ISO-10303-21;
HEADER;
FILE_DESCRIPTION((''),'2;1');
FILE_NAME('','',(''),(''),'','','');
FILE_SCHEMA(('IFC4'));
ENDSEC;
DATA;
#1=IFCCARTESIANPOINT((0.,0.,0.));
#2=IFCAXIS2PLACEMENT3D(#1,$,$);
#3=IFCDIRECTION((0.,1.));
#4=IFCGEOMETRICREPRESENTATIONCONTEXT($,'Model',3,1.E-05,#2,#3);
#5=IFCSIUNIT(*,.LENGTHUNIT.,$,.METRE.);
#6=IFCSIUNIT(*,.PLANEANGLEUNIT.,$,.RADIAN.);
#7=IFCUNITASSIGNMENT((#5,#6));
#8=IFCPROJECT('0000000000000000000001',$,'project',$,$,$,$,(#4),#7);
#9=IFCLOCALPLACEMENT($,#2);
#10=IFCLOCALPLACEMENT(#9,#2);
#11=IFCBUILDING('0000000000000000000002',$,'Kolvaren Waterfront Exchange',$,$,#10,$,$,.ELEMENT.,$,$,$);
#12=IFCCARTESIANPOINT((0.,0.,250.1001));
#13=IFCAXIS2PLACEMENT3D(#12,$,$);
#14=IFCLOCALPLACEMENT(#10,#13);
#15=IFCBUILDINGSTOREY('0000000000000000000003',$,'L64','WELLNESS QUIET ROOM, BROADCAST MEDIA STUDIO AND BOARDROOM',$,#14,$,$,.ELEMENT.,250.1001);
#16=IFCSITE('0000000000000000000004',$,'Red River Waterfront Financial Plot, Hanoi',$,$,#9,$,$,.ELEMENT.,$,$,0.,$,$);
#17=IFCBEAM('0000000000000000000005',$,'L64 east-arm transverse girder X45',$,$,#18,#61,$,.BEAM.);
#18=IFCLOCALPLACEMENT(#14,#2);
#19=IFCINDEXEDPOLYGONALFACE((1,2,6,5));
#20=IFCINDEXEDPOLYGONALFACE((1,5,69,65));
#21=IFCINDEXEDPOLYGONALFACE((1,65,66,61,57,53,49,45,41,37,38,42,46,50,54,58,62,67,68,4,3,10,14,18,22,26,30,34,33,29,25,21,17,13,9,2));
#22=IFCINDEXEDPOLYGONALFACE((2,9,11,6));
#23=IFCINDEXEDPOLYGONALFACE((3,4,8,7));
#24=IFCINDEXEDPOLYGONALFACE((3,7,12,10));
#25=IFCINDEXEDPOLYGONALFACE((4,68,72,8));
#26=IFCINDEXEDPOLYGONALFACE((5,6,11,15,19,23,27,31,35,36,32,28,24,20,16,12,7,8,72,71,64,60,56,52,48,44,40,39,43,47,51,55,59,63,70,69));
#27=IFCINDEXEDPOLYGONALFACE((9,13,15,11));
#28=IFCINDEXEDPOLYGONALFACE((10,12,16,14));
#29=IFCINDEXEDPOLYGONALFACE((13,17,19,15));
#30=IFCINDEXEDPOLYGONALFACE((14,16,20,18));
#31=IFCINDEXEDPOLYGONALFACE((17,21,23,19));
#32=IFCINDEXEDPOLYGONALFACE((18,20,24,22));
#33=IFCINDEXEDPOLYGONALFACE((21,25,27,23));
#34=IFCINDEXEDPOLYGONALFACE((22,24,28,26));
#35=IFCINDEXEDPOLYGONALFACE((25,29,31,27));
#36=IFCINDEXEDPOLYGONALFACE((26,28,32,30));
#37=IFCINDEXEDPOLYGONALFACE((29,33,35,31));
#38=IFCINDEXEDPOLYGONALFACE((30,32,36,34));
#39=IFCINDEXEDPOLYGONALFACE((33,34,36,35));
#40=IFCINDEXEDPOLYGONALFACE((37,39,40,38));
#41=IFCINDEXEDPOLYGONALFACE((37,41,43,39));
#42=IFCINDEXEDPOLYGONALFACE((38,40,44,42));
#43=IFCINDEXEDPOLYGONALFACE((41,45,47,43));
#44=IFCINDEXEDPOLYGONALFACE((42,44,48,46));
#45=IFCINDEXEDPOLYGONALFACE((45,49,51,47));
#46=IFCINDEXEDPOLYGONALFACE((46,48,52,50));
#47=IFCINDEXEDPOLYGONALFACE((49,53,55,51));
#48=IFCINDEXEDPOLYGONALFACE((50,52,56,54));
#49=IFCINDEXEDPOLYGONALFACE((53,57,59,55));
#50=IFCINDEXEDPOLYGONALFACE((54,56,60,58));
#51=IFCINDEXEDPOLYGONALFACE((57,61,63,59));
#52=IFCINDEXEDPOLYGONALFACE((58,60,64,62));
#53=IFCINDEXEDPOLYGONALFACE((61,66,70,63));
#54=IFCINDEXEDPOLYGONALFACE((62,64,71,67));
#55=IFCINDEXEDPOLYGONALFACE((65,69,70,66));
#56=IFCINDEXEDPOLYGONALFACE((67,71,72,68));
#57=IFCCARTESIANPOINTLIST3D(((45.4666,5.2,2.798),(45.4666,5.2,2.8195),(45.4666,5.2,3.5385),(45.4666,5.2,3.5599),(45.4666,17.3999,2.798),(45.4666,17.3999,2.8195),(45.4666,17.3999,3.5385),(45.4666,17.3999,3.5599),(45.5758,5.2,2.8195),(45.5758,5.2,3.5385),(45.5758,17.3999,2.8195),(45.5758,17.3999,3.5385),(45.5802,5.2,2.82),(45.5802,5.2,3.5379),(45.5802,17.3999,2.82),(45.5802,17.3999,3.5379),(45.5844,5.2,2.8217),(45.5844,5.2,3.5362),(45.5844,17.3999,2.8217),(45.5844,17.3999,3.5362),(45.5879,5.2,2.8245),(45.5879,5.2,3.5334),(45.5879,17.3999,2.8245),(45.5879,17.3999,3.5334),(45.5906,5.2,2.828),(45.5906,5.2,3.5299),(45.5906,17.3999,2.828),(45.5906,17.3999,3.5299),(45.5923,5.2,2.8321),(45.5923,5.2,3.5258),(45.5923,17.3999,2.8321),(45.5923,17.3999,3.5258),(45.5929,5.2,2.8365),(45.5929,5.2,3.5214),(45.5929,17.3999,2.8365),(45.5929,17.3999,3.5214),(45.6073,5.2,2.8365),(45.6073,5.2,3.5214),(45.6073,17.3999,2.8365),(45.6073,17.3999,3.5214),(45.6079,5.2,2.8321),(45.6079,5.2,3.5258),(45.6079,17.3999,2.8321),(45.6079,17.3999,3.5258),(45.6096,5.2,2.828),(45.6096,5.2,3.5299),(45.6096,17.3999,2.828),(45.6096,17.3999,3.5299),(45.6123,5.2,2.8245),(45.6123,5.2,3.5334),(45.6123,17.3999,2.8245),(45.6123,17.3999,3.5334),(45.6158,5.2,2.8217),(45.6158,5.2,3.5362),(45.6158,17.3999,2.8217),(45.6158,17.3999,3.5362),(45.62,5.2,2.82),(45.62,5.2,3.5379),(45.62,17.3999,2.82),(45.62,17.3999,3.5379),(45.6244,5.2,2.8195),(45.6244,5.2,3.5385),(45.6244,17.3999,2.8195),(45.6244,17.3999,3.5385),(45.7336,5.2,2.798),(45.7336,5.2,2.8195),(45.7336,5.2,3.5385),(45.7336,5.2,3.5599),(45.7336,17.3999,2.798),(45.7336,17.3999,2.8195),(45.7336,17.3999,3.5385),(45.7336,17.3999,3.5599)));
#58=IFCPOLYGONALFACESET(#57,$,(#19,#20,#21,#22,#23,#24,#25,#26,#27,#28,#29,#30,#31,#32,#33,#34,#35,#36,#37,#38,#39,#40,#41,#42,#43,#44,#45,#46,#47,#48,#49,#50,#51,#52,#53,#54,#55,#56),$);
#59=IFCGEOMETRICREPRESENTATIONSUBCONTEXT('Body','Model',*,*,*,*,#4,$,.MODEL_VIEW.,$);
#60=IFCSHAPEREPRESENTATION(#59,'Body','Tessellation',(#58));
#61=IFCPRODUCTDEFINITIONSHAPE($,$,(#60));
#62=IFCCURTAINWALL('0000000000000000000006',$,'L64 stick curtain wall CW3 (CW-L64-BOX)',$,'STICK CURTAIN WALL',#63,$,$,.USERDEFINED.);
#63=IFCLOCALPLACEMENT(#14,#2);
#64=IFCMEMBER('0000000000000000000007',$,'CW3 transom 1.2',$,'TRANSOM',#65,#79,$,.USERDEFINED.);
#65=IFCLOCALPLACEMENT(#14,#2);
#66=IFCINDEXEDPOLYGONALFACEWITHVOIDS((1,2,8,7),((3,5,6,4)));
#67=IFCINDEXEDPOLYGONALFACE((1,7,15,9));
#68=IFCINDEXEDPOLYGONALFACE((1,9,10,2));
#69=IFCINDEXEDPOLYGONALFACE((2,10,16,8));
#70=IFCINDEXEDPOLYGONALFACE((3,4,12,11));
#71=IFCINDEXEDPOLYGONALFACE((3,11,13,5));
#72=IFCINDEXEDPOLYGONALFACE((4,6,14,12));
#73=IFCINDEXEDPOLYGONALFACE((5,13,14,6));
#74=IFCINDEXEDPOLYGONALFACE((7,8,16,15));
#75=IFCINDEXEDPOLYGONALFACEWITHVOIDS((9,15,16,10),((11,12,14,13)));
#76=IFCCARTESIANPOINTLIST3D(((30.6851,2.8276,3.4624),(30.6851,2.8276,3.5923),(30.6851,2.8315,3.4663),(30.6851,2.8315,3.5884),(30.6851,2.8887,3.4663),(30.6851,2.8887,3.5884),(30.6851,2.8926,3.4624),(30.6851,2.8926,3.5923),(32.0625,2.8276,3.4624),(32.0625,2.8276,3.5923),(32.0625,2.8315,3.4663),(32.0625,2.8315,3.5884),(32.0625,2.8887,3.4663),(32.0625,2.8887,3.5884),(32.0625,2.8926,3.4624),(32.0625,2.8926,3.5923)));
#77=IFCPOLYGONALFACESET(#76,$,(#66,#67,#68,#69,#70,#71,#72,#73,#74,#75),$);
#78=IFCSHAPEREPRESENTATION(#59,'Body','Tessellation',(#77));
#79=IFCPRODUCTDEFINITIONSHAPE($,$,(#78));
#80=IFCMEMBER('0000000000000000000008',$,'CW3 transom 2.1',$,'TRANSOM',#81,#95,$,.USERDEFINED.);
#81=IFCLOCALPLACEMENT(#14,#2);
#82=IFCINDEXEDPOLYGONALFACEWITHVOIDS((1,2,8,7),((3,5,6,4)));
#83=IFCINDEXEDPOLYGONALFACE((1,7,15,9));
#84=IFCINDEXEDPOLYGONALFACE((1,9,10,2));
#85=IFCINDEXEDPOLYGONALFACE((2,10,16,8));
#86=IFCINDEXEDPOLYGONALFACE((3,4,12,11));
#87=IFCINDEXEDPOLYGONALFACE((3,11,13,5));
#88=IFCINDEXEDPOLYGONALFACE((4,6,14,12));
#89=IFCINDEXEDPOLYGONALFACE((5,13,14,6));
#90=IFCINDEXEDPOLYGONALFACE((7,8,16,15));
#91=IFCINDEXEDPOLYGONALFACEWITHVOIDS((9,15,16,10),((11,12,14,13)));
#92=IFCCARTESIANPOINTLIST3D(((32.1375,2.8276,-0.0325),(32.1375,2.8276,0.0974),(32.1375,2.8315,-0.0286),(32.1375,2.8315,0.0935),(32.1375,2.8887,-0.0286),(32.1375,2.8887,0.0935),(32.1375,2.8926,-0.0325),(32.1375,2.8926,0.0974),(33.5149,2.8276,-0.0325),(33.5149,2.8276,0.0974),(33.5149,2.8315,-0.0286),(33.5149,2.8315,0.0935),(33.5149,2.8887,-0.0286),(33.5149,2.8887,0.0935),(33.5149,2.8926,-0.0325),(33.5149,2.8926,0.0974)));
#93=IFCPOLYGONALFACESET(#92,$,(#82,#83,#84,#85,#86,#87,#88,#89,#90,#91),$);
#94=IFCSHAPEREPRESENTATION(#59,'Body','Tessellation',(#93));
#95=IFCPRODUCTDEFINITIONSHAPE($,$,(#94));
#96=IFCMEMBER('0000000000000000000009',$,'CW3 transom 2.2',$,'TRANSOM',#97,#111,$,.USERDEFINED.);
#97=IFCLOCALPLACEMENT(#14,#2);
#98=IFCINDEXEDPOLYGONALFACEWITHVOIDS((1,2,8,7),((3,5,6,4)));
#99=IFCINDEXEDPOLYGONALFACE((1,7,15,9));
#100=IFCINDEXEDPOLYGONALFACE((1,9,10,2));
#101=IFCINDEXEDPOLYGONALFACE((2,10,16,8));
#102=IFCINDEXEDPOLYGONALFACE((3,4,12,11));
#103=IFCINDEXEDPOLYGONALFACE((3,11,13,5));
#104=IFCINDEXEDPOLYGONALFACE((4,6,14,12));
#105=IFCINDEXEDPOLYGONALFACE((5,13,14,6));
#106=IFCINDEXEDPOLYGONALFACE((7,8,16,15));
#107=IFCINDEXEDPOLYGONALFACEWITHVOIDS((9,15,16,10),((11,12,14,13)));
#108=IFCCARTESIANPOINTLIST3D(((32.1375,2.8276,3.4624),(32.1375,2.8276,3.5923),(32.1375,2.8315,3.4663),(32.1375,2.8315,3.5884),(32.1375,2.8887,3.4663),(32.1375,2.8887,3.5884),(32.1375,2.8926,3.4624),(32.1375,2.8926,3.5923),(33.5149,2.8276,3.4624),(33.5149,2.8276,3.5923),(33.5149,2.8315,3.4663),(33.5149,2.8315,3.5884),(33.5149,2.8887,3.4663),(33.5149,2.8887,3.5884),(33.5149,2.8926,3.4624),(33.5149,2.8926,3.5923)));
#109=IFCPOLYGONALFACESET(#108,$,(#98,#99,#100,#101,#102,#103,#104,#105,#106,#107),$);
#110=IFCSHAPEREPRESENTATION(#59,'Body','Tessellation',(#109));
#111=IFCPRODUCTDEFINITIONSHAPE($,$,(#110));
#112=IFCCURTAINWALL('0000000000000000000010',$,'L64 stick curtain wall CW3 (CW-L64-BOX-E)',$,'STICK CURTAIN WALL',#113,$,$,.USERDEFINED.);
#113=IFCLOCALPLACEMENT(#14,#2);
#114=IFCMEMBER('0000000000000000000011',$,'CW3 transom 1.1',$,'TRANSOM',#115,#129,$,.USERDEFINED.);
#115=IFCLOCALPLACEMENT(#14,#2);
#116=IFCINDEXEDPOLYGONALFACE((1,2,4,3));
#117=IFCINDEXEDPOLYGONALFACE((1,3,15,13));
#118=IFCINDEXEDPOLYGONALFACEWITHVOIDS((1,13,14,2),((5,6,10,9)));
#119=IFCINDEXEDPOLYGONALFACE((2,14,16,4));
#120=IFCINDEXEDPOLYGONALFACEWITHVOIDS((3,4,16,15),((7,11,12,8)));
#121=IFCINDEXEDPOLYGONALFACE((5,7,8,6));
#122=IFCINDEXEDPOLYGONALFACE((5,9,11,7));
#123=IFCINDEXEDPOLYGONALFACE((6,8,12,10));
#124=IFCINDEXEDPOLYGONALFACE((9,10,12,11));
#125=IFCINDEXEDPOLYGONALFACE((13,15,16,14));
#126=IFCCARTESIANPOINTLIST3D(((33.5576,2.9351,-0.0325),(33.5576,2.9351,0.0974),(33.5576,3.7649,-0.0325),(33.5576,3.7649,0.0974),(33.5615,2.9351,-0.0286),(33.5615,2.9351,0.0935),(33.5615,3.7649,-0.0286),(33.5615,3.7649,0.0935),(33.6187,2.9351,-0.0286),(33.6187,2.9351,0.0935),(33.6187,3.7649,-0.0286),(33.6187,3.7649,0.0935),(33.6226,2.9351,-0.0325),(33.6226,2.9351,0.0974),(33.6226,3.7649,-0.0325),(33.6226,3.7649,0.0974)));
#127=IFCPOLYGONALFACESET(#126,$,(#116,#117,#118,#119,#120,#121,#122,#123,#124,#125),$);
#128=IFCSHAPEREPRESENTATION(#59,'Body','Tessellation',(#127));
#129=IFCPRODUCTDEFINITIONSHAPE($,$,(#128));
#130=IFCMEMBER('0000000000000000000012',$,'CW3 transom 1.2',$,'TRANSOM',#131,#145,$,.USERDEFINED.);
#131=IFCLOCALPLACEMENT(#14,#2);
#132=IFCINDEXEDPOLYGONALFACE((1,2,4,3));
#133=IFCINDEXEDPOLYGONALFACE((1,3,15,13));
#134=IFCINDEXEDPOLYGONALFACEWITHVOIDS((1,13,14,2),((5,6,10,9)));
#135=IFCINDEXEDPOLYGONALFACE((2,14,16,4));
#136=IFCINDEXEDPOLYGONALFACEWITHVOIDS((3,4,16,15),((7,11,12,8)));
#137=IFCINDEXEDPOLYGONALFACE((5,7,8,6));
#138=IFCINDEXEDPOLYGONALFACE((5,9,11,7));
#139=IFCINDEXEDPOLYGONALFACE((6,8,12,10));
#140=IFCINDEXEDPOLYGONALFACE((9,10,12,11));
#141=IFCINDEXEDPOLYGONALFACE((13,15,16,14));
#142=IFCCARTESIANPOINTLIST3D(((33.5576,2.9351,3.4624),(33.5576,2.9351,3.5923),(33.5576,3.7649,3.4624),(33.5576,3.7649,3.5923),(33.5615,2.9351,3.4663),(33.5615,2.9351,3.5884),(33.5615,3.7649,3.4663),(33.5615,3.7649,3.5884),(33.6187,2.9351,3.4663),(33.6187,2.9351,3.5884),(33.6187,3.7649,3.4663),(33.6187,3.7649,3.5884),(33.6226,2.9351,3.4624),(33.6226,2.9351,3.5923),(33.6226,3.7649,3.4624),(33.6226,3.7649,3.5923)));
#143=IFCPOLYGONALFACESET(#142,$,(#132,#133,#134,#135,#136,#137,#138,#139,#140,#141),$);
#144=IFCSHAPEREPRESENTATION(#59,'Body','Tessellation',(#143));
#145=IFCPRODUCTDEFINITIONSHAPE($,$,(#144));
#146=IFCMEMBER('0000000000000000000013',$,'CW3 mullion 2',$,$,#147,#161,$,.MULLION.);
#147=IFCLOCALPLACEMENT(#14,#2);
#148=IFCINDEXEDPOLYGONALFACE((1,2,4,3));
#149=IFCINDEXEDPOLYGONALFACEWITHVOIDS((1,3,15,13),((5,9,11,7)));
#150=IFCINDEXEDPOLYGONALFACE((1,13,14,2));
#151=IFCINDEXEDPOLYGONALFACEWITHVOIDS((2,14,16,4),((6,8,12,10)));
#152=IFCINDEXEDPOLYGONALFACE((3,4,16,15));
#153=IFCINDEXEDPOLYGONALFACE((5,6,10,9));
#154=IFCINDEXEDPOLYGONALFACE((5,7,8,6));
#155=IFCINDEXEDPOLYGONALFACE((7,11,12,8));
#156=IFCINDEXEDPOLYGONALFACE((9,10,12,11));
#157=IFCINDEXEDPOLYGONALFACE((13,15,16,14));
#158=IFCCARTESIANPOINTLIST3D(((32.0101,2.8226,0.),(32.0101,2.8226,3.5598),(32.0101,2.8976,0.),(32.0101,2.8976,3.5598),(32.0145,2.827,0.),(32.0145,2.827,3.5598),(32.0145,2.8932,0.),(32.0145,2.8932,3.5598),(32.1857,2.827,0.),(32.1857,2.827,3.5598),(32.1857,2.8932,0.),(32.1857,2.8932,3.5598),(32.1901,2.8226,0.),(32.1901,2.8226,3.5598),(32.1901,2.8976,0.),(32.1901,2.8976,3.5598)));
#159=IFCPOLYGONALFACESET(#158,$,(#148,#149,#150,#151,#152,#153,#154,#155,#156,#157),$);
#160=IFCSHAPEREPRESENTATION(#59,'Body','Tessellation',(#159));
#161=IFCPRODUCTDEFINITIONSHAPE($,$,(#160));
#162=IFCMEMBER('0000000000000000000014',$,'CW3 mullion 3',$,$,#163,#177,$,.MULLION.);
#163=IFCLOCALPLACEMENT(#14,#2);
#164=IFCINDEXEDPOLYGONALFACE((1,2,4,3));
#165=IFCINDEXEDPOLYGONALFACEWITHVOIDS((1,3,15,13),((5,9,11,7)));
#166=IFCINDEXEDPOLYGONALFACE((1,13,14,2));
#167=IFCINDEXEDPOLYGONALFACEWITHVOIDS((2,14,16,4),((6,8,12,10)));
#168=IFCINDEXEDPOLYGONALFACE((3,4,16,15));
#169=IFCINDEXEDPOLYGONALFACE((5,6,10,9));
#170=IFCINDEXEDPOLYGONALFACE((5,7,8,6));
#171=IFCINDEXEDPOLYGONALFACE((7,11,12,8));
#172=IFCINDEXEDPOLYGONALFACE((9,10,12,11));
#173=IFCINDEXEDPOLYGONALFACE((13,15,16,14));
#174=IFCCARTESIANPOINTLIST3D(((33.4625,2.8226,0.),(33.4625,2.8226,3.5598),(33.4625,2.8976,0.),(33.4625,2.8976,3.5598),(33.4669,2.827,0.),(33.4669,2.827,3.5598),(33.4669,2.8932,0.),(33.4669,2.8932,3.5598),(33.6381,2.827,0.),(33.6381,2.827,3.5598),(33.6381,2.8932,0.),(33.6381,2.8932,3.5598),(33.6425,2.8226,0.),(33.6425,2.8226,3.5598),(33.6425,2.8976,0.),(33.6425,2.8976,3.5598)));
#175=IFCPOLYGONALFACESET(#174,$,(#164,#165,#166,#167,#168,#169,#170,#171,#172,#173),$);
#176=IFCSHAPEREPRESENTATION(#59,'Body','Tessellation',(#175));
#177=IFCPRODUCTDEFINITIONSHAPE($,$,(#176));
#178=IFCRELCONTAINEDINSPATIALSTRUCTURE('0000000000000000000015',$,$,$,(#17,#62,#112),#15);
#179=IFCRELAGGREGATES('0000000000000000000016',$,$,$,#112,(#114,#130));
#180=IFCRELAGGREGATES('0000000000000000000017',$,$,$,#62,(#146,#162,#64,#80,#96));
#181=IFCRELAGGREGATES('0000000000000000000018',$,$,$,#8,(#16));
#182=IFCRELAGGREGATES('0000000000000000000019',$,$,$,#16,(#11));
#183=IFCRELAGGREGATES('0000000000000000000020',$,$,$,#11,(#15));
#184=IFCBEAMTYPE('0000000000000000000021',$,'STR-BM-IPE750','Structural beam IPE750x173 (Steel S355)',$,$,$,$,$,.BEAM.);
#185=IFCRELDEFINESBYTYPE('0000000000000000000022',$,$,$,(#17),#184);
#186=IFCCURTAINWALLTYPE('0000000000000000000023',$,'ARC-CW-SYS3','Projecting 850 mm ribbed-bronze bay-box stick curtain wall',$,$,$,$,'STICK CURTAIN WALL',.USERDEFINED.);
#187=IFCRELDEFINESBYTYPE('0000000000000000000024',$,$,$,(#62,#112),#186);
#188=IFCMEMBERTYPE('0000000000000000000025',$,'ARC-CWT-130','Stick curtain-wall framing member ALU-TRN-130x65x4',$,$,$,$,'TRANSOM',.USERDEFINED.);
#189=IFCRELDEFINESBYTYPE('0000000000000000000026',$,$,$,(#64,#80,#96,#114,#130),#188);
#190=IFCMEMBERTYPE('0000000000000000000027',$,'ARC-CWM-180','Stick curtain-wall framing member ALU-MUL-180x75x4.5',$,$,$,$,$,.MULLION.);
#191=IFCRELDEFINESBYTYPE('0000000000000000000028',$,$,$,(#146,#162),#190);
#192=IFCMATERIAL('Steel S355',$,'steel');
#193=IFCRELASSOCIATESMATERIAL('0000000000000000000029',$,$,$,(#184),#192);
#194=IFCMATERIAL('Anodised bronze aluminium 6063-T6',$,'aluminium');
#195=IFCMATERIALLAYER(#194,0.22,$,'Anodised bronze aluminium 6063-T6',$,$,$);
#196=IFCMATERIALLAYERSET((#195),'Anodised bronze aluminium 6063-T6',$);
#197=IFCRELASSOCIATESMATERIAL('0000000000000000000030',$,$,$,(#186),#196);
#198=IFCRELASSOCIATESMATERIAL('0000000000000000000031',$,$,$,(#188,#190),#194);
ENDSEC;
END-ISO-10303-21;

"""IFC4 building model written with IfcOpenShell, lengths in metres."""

from ifc_helpers import new_model, si_unit, direction, frame, origin, origin_with_axes, origin_2d, place, context, subcontext, project, spatial, hollow_rectangle, i_section, extrude, source, transform, mapped, material, layer, layer_set, material_profile, profile_set, type_object, element, aggregate, save


model = new_model("IFC4")

# Units and contexts
model_context = context("Model", 3, precision=1e-05, world=origin(), true_north=direction((0.0, 1.0)))
body_context = subcontext(model_context, "Body", "Model", "MODEL_VIEW")
ifc_project = project(units=[si_unit("LENGTHUNIT", "METRE"), si_unit("PLANEANGLEUNIT", "RADIAN")], contexts=[model_context])

# Site, building, storey
site_placement = place(None, origin())
site = spatial("IfcSite", under=ifc_project, at=site_placement, Name="Red River Waterfront Financial Plot, Hanoi", CompositionType="ELEMENT", RefElevation=0.0)
building_placement = place(site_placement, origin())
building = spatial("IfcBuilding", under=site, at=building_placement, Name="Kolvaren Waterfront Exchange", CompositionType="ELEMENT")
storey_placement = place(building_placement, frame((0.0, 0.0, 250.1001)))
storey = spatial("IfcBuildingStorey", under=building, at=storey_placement, Name="L64", Description="WELLNESS QUIET ROOM, BROADCAST MEDIA STUDIO AND BOARDROOM", CompositionType="ELEMENT", Elevation=250.1001)

# Beam
ifc_material_1 = material(Name="Steel S355", Category="steel")
ifc_material_profile_1 = material_profile(ifc_material_1, i_section(OverallWidth=0.2671, OverallDepth=0.762, WebThickness=0.0144, FlangeThickness=0.0215, FilletRadius=0.0171, at=origin_2d()), Name="IPE750x173")
ifc_profile_set_1 = profile_set([ifc_material_profile_1], Name="Steel S355")
beam_type_1 = type_object("IfcBeamType", Name="STR-BM-IPE750", Description="Structural beam IPE750x173 (Steel S355)", PredefinedType="BEAM", material=ifc_profile_set_1)
for number, where, z_axis, x_axis, name in (
    (1, (45.6001, 5.2, 3.179), (0.0, 1.0, 0.0), (-1.0, 0.0, 0.0), "L64 east-arm transverse girder X45"),
):
    element("IfcBeam", number, at=place(storey_placement, frame(where, z_axis=z_axis, x_axis=x_axis)), inside=storey, type_object=beam_type_1, Name=name, PredefinedType="BEAM", context=body_context, shape_type="SweptSolid", body=[
        extrude(i_section(OverallWidth=0.2671, OverallDepth=0.762, WebThickness=0.0144, FlangeThickness=0.0215, FilletRadius=0.0171, at=origin_2d()), origin(), (0.0, 0.0, 1.0), 12.2),
    ])

# Curtain walls, members
ifc_material_2 = material(Name="Anodised bronze aluminium 6063-T6", Category="aluminium")
ifc_layer_1 = layer(ifc_material_2, 0.22, Name="Anodised bronze aluminium 6063-T6")
ifc_layer_set_1 = layer_set([ifc_layer_1], Name="Anodised bronze aluminium 6063-T6")
curtain_wall_type_1 = type_object("IfcCurtainWallType", Name="ARC-CW-SYS3", Description="Projecting 850 mm ribbed-bronze bay-box stick curtain wall", ElementType="STICK CURTAIN WALL", PredefinedType="USERDEFINED", material=ifc_layer_set_1)
curtain_wall_1_placement = place(storey_placement, origin())
curtain_wall_1 = element("IfcCurtainWall", 2, at=curtain_wall_1_placement, inside=storey, type_object=curtain_wall_type_1, Name="L64 stick curtain wall CW3 (CW-L64-BOX)", ObjectType="STICK CURTAIN WALL", PredefinedType="USERDEFINED")
ifc_material_profile_2 = material_profile(ifc_material_2, hollow_rectangle(XDim=0.0649, YDim=0.1299, WallThickness=0.0039, at=origin_2d()), Name="ALU-TRN-130x65x4")
ifc_profile_set_2 = profile_set([ifc_material_profile_2], Name="Anodised bronze aluminium 6063-T6")
member_type_1 = type_object("IfcMemberType", Name="ARC-CWT-130", Description="Stick curtain-wall framing member ALU-TRN-130x65x4", ElementType="TRANSOM", PredefinedType="USERDEFINED", material=ifc_profile_set_2)
shared_shape_1 = source(origin_with_axes(), body_context, "Body", "SweptSolid", [
    extrude(hollow_rectangle(XDim=0.0649, YDim=0.1299, WallThickness=0.0039, at=origin_2d()), origin(), (0.0, 0.0, 1.0), 1.3774),
])
member_1_placement = place(storey_placement, frame((30.6851, 2.8601, 3.5273), z_axis=(1.0, 0.0, 0.0), x_axis=(0.0, 1.0, 0.0)))
member_1 = element("IfcMember", 3, at=member_1_placement, type_object=member_type_1, Name="CW3 transom 1.2", ObjectType="TRANSOM", PredefinedType="USERDEFINED", context=body_context, shape_type="MappedRepresentation", body=[
    mapped(shared_shape_1, transform((0.0, 0.0, 0.0), x_axis=(1.0, 0.0, 0.0), y_axis=(0.0, 1.0, 0.0), z_axis=(0.0, 0.0, 1.0), scale=1.0)),
])
member_2_placement = place(storey_placement, frame((32.1375, 2.8601, 0.0325), z_axis=(1.0, 0.0, 0.0), x_axis=(0.0, 1.0, 0.0)))
member_2 = element("IfcMember", 4, at=member_2_placement, type_object=member_type_1, Name="CW3 transom 2.1", ObjectType="TRANSOM", PredefinedType="USERDEFINED", context=body_context, shape_type="MappedRepresentation", body=[
    mapped(shared_shape_1, transform((0.0, 0.0, 0.0), x_axis=(1.0, 0.0, 0.0), y_axis=(0.0, 1.0, 0.0), z_axis=(0.0, 0.0, 1.0), scale=1.0)),
])
member_3_placement = place(storey_placement, frame((32.1375, 2.8601, 3.5273), z_axis=(1.0, 0.0, 0.0), x_axis=(0.0, 1.0, 0.0)))
member_3 = element("IfcMember", 5, at=member_3_placement, type_object=member_type_1, Name="CW3 transom 2.2", ObjectType="TRANSOM", PredefinedType="USERDEFINED", context=body_context, shape_type="MappedRepresentation", body=[
    mapped(shared_shape_1, transform((0.0, 0.0, 0.0), x_axis=(1.0, 0.0, 0.0), y_axis=(0.0, 1.0, 0.0), z_axis=(0.0, 0.0, 1.0), scale=1.0)),
])
curtain_wall_2_placement = place(storey_placement, origin())
curtain_wall_2 = element("IfcCurtainWall", 6, at=curtain_wall_2_placement, inside=storey, type_object=curtain_wall_type_1, Name="L64 stick curtain wall CW3 (CW-L64-BOX-E)", ObjectType="STICK CURTAIN WALL", PredefinedType="USERDEFINED")
shared_shape_2 = source(origin_with_axes(), body_context, "Body", "SweptSolid", [
    extrude(hollow_rectangle(XDim=0.0649, YDim=0.1299, WallThickness=0.0039, at=origin_2d()), origin(), (0.0, 0.0, 1.0), 0.8298),
])
member_4_placement = place(storey_placement, frame((33.5901, 2.9351, 0.0325), z_axis=(0.0, 1.0, 0.0), x_axis=(-1.0, 0.0, 0.0)))
member_4 = element("IfcMember", 7, at=member_4_placement, type_object=member_type_1, Name="CW3 transom 1.1", ObjectType="TRANSOM", PredefinedType="USERDEFINED", context=body_context, shape_type="MappedRepresentation", body=[
    mapped(shared_shape_2, transform((0.0, 0.0, 0.0), x_axis=(1.0, 0.0, 0.0), y_axis=(0.0, 1.0, 0.0), z_axis=(0.0, 0.0, 1.0), scale=1.0)),
])
member_5_placement = place(storey_placement, frame((33.5901, 2.9351, 3.5273), z_axis=(0.0, 1.0, 0.0), x_axis=(-1.0, 0.0, 0.0)))
member_5 = element("IfcMember", 8, at=member_5_placement, type_object=member_type_1, Name="CW3 transom 1.2", ObjectType="TRANSOM", PredefinedType="USERDEFINED", context=body_context, shape_type="MappedRepresentation", body=[
    mapped(shared_shape_2, transform((0.0, 0.0, 0.0), x_axis=(1.0, 0.0, 0.0), y_axis=(0.0, 1.0, 0.0), z_axis=(0.0, 0.0, 1.0), scale=1.0)),
])

# Members
ifc_material_profile_3 = material_profile(ifc_material_2, hollow_rectangle(XDim=0.075, YDim=0.1799, WallThickness=0.0044, at=origin_2d()), Name="ALU-MUL-180x75x4.5")
ifc_profile_set_3 = profile_set([ifc_material_profile_3], Name="Anodised bronze aluminium 6063-T6")
member_type_2 = type_object("IfcMemberType", Name="ARC-CWM-180", Description="Stick curtain-wall framing member ALU-MUL-180x75x4.5", PredefinedType="MULLION", material=ifc_profile_set_3)
shared_shape_3 = source(origin_with_axes(), body_context, "Body", "SweptSolid", [
    extrude(hollow_rectangle(XDim=0.075, YDim=0.1799, WallThickness=0.0044, at=origin_2d()), origin(), (0.0, 0.0, 1.0), 3.5598),
])
member_6_placement = place(storey_placement, frame((32.1001, 2.8601, 0.0), z_axis=(0.0, 0.0, 1.0), x_axis=(0.0, 1.0, 0.0)))
member_6 = element("IfcMember", 9, at=member_6_placement, type_object=member_type_2, Name="CW3 mullion 2", PredefinedType="MULLION", context=body_context, shape_type="MappedRepresentation", body=[
    mapped(shared_shape_3, transform((0.0, 0.0, 0.0), x_axis=(1.0, 0.0, 0.0), y_axis=(0.0, 1.0, 0.0), z_axis=(0.0, 0.0, 1.0), scale=1.0)),
])
member_7_placement = place(storey_placement, frame((33.5525, 2.8601, 0.0), z_axis=(0.0, 0.0, 1.0), x_axis=(0.0, 1.0, 0.0)))
member_7 = element("IfcMember", 10, at=member_7_placement, type_object=member_type_2, Name="CW3 mullion 3", PredefinedType="MULLION", context=body_context, shape_type="MappedRepresentation", body=[
    mapped(shared_shape_3, transform((0.0, 0.0, 0.0), x_axis=(1.0, 0.0, 0.0), y_axis=(0.0, 1.0, 0.0), z_axis=(0.0, 0.0, 1.0), scale=1.0)),
])

aggregate(curtain_wall_2, [member_4, member_5])
aggregate(curtain_wall_1, [member_6, member_7, member_1, member_2, member_3])

save(model, "model.ifc")
